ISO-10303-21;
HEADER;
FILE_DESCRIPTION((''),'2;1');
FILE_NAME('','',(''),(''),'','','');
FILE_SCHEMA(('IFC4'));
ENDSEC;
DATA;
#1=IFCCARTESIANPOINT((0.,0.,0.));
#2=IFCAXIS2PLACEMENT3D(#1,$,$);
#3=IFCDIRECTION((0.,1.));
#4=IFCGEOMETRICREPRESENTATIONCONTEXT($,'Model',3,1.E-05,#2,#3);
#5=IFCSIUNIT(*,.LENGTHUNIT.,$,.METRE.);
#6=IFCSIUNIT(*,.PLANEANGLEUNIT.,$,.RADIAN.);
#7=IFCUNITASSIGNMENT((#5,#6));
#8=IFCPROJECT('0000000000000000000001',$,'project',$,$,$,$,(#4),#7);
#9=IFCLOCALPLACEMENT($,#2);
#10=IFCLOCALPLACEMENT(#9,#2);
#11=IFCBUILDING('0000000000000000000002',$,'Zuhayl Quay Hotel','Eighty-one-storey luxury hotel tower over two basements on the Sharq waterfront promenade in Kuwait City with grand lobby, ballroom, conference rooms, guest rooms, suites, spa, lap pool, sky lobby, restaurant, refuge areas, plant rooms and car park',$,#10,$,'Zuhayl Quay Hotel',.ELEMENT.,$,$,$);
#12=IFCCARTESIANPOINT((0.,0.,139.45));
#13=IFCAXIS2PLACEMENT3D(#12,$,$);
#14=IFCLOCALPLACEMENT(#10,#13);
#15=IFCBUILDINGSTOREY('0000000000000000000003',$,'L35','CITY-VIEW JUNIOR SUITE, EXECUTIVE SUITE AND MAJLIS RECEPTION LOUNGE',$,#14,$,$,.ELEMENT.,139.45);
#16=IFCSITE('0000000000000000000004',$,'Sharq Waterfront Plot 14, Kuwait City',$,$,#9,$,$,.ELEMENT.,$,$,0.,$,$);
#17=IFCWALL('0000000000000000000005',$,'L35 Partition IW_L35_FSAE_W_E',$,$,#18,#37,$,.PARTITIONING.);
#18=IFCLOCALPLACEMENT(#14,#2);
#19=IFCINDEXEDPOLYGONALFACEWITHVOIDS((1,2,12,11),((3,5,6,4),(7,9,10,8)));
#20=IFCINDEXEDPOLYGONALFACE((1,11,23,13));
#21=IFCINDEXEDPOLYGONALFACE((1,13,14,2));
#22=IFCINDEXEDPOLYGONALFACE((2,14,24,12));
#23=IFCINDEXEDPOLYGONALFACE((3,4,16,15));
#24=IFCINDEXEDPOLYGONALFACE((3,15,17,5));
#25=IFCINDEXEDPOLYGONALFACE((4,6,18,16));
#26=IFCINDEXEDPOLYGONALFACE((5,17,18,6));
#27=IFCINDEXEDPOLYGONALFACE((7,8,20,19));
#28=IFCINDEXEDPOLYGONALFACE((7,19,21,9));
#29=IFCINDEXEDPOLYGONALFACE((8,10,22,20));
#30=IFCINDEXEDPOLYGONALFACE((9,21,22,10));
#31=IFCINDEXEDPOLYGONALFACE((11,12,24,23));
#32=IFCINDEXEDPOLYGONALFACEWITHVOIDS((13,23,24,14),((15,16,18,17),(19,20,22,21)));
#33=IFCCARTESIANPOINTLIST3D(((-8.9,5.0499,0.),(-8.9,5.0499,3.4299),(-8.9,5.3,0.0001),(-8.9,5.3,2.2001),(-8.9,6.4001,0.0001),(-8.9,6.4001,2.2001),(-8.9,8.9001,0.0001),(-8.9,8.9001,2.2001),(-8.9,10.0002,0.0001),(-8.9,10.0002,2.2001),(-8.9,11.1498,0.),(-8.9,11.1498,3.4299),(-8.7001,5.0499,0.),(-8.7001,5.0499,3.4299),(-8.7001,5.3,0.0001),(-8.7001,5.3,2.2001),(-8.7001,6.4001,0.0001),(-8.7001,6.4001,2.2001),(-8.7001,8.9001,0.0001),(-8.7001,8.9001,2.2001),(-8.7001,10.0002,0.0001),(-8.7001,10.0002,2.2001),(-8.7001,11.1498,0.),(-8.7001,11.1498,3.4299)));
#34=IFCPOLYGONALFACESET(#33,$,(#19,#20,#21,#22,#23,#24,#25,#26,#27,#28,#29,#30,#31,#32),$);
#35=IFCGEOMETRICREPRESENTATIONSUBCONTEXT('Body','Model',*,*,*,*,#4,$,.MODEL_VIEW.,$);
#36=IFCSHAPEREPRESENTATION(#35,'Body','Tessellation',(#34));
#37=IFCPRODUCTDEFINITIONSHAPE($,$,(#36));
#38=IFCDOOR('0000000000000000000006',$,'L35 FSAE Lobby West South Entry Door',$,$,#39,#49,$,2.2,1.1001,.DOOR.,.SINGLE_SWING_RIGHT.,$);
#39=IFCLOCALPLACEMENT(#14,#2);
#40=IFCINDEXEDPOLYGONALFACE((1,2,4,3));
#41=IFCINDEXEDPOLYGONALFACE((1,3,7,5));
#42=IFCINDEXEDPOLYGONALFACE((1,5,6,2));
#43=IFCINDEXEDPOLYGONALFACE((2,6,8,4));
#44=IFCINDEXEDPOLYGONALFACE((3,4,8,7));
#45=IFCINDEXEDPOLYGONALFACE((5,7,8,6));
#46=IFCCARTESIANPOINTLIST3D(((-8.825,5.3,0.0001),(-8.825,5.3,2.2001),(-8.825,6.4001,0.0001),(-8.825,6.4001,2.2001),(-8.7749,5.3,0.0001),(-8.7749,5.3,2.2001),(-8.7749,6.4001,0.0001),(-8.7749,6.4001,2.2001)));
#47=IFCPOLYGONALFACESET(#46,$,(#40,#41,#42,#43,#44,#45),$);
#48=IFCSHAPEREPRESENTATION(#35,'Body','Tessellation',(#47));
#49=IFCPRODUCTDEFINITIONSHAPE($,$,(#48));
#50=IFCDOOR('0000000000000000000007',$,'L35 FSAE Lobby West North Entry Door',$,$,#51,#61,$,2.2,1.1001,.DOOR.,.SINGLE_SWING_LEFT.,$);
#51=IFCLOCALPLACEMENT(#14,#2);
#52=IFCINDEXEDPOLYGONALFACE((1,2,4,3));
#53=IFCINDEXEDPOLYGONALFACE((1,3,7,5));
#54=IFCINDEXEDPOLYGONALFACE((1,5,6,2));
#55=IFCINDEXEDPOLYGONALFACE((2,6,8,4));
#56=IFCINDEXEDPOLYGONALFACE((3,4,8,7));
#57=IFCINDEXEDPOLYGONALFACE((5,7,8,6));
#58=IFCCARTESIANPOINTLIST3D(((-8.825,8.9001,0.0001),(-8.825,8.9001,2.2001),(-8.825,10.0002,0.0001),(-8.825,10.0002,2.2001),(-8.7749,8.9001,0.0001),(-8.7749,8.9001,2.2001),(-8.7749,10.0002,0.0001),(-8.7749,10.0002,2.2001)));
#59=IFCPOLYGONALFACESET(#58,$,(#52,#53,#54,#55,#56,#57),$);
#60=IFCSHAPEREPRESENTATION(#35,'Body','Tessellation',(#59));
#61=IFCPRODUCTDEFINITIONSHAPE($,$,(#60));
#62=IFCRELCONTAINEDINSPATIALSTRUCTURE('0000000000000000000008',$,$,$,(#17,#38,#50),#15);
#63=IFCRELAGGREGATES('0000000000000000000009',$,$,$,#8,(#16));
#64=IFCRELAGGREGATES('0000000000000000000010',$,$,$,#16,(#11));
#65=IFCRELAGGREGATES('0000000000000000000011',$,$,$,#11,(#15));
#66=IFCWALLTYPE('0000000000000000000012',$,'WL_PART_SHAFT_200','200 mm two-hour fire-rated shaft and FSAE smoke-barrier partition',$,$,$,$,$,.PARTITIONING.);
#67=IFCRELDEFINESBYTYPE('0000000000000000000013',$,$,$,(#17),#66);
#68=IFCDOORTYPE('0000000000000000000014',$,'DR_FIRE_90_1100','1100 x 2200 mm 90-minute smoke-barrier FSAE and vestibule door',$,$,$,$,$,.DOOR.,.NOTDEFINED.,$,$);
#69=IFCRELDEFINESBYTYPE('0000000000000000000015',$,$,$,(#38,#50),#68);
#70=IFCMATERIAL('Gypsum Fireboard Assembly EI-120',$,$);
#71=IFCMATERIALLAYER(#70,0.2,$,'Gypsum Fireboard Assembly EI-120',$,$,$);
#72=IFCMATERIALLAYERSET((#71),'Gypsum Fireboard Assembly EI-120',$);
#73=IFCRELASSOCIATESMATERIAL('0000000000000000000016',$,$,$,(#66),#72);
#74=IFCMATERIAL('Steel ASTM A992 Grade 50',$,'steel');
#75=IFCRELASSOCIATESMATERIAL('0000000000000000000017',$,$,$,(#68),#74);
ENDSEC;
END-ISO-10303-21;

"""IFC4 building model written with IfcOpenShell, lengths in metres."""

from ifc_helpers import new_model, si_unit, direction, frame, frame_2d, origin, place, context, subcontext, project, spatial, rectangle, extrude, material, layer, layer_set, type_object, element, fill, save


model = new_model("IFC4")

# Units and contexts
model_context = context("Model", 3, precision=1e-05, world=origin(), true_north=direction((0.0, 1.0)))
body_context = subcontext(model_context, "Body", "Model", "MODEL_VIEW")
ifc_project = project(units=[si_unit("LENGTHUNIT", "METRE"), si_unit("PLANEANGLEUNIT", "RADIAN")], contexts=[model_context])

# Site, building, storey
site_placement = place(None, origin())
site = spatial("IfcSite", under=ifc_project, at=site_placement, Name="Sharq Waterfront Plot 14, Kuwait City", CompositionType="ELEMENT", RefElevation=0.0)
building_placement = place(site_placement, origin())
building = spatial("IfcBuilding", under=site, at=building_placement, Name="Zuhayl Quay Hotel", Description="Eighty-one-storey luxury hotel tower over two basements on the Sharq waterfront promenade in Kuwait City with grand lobby, ballroom, conference rooms, guest rooms, suites, spa, lap pool, sky lobby, restaurant, refuge areas, plant rooms and car park", LongName="Zuhayl Quay Hotel", CompositionType="ELEMENT")
storey_placement = place(building_placement, frame((0.0, 0.0, 139.45)))
storey = spatial("IfcBuildingStorey", under=building, at=storey_placement, Name="L35", Description="CITY-VIEW JUNIOR SUITE, EXECUTIVE SUITE AND MAJLIS RECEPTION LOUNGE", CompositionType="ELEMENT", Elevation=139.45)

# Shared definitions
ifc_material_1 = material(Name="Steel ASTM A992 Grade 50", Category="steel")

# Wall, openings, doors
ifc_material_2 = material(Name="Gypsum Fireboard Assembly EI-120")
ifc_layer_1 = layer(ifc_material_2, 0.2, Name="Gypsum Fireboard Assembly EI-120")
ifc_layer_set_1 = layer_set([ifc_layer_1], Name="Gypsum Fireboard Assembly EI-120")
wall_type_1 = type_object("IfcWallType", Name="WL_PART_SHAFT_200", Description="200 mm two-hour fire-rated shaft and FSAE smoke-barrier partition", PredefinedType="PARTITIONING", material=ifc_layer_set_1)
wall_1_placement = place(storey_placement, frame((-8.8, 5.05, 0.0), z_axis=(0.0, 0.0, 1.0), x_axis=(0.0, 1.0, 0.0)))
wall_1 = element("IfcWall", 1, at=wall_1_placement, inside=storey, type_object=wall_type_1, Name="L35 Partition IW_L35_FSAE_W_E", PredefinedType="PARTITIONING", context=body_context, shape_type="SweptSolid", body=[
    extrude(rectangle(XDim=6.0999, YDim=0.2, at=frame_2d((3.0498, 0.0))), origin(), (0.0, 0.0, 1.0), 3.4299),
])
opening_1_placement = place(wall_1_placement, frame((0.25, 0.0, 0.0)))
opening_1 = element("IfcOpeningElement", 2, at=opening_1_placement, cuts=wall_1, PredefinedType="OPENING", context=body_context, shape_type="SweptSolid", body=[
    extrude(rectangle(XDim=1.1001, YDim=2.2, at=frame_2d((0.55, 1.1001))), frame((0.0, 0.1099, 0.0), z_axis=(0.0, -1.0, 0.0), x_axis=(1.0, 0.0, 0.0)), (0.0, 0.0, 1.0), 0.22),
])
opening_2_placement = place(wall_1_placement, frame((3.8501, 0.0, 0.0)))
opening_2 = element("IfcOpeningElement", 3, at=opening_2_placement, cuts=wall_1, PredefinedType="OPENING", context=body_context, shape_type="SweptSolid", body=[
    extrude(rectangle(XDim=1.1001, YDim=2.2, at=frame_2d((0.55, 1.1001))), frame((0.0, 0.1099, 0.0), z_axis=(0.0, -1.0, 0.0), x_axis=(1.0, 0.0, 0.0)), (0.0, 0.0, 1.0), 0.22),
])
door_type_1 = type_object("IfcDoorType", Name="DR_FIRE_90_1100", Description="1100 x 2200 mm 90-minute smoke-barrier FSAE and vestibule door", OperationType="NOTDEFINED", PredefinedType="DOOR", material=ifc_material_1)
door_1_placement = place(opening_1_placement, origin())
door_1 = element("IfcDoor", 4, at=door_1_placement, inside=storey, type_object=door_type_1, Name="L35 FSAE Lobby West South Entry Door", OperationType="SINGLE_SWING_RIGHT", OverallHeight=2.2, OverallWidth=1.1001, PredefinedType="DOOR", context=body_context, shape_type="SweptSolid", body=[
    extrude(rectangle(XDim=1.1001, YDim=2.2, at=frame_2d((0.55, 1.1001))), frame((0.0, 0.0249, 0.0), z_axis=(0.0, -1.0, 0.0), x_axis=(1.0, 0.0, 0.0)), (0.0, 0.0, 1.0), 0.05),
])
fill(opening_1, door_1)
door_2_placement = place(opening_2_placement, origin())
door_2 = element("IfcDoor", 5, at=door_2_placement, inside=storey, type_object=door_type_1, Name="L35 FSAE Lobby West North Entry Door", OperationType="SINGLE_SWING_LEFT", OverallHeight=2.2, OverallWidth=1.1001, PredefinedType="DOOR", context=body_context, shape_type="SweptSolid", body=[
    extrude(rectangle(XDim=1.1001, YDim=2.2, at=frame_2d((0.55, 1.1001))), frame((0.0, 0.0249, 0.0), z_axis=(0.0, -1.0, 0.0), x_axis=(1.0, 0.0, 0.0)), (0.0, 0.0, 1.0), 0.05),
])
fill(opening_2, door_2)

save(model, "model.ifc")
